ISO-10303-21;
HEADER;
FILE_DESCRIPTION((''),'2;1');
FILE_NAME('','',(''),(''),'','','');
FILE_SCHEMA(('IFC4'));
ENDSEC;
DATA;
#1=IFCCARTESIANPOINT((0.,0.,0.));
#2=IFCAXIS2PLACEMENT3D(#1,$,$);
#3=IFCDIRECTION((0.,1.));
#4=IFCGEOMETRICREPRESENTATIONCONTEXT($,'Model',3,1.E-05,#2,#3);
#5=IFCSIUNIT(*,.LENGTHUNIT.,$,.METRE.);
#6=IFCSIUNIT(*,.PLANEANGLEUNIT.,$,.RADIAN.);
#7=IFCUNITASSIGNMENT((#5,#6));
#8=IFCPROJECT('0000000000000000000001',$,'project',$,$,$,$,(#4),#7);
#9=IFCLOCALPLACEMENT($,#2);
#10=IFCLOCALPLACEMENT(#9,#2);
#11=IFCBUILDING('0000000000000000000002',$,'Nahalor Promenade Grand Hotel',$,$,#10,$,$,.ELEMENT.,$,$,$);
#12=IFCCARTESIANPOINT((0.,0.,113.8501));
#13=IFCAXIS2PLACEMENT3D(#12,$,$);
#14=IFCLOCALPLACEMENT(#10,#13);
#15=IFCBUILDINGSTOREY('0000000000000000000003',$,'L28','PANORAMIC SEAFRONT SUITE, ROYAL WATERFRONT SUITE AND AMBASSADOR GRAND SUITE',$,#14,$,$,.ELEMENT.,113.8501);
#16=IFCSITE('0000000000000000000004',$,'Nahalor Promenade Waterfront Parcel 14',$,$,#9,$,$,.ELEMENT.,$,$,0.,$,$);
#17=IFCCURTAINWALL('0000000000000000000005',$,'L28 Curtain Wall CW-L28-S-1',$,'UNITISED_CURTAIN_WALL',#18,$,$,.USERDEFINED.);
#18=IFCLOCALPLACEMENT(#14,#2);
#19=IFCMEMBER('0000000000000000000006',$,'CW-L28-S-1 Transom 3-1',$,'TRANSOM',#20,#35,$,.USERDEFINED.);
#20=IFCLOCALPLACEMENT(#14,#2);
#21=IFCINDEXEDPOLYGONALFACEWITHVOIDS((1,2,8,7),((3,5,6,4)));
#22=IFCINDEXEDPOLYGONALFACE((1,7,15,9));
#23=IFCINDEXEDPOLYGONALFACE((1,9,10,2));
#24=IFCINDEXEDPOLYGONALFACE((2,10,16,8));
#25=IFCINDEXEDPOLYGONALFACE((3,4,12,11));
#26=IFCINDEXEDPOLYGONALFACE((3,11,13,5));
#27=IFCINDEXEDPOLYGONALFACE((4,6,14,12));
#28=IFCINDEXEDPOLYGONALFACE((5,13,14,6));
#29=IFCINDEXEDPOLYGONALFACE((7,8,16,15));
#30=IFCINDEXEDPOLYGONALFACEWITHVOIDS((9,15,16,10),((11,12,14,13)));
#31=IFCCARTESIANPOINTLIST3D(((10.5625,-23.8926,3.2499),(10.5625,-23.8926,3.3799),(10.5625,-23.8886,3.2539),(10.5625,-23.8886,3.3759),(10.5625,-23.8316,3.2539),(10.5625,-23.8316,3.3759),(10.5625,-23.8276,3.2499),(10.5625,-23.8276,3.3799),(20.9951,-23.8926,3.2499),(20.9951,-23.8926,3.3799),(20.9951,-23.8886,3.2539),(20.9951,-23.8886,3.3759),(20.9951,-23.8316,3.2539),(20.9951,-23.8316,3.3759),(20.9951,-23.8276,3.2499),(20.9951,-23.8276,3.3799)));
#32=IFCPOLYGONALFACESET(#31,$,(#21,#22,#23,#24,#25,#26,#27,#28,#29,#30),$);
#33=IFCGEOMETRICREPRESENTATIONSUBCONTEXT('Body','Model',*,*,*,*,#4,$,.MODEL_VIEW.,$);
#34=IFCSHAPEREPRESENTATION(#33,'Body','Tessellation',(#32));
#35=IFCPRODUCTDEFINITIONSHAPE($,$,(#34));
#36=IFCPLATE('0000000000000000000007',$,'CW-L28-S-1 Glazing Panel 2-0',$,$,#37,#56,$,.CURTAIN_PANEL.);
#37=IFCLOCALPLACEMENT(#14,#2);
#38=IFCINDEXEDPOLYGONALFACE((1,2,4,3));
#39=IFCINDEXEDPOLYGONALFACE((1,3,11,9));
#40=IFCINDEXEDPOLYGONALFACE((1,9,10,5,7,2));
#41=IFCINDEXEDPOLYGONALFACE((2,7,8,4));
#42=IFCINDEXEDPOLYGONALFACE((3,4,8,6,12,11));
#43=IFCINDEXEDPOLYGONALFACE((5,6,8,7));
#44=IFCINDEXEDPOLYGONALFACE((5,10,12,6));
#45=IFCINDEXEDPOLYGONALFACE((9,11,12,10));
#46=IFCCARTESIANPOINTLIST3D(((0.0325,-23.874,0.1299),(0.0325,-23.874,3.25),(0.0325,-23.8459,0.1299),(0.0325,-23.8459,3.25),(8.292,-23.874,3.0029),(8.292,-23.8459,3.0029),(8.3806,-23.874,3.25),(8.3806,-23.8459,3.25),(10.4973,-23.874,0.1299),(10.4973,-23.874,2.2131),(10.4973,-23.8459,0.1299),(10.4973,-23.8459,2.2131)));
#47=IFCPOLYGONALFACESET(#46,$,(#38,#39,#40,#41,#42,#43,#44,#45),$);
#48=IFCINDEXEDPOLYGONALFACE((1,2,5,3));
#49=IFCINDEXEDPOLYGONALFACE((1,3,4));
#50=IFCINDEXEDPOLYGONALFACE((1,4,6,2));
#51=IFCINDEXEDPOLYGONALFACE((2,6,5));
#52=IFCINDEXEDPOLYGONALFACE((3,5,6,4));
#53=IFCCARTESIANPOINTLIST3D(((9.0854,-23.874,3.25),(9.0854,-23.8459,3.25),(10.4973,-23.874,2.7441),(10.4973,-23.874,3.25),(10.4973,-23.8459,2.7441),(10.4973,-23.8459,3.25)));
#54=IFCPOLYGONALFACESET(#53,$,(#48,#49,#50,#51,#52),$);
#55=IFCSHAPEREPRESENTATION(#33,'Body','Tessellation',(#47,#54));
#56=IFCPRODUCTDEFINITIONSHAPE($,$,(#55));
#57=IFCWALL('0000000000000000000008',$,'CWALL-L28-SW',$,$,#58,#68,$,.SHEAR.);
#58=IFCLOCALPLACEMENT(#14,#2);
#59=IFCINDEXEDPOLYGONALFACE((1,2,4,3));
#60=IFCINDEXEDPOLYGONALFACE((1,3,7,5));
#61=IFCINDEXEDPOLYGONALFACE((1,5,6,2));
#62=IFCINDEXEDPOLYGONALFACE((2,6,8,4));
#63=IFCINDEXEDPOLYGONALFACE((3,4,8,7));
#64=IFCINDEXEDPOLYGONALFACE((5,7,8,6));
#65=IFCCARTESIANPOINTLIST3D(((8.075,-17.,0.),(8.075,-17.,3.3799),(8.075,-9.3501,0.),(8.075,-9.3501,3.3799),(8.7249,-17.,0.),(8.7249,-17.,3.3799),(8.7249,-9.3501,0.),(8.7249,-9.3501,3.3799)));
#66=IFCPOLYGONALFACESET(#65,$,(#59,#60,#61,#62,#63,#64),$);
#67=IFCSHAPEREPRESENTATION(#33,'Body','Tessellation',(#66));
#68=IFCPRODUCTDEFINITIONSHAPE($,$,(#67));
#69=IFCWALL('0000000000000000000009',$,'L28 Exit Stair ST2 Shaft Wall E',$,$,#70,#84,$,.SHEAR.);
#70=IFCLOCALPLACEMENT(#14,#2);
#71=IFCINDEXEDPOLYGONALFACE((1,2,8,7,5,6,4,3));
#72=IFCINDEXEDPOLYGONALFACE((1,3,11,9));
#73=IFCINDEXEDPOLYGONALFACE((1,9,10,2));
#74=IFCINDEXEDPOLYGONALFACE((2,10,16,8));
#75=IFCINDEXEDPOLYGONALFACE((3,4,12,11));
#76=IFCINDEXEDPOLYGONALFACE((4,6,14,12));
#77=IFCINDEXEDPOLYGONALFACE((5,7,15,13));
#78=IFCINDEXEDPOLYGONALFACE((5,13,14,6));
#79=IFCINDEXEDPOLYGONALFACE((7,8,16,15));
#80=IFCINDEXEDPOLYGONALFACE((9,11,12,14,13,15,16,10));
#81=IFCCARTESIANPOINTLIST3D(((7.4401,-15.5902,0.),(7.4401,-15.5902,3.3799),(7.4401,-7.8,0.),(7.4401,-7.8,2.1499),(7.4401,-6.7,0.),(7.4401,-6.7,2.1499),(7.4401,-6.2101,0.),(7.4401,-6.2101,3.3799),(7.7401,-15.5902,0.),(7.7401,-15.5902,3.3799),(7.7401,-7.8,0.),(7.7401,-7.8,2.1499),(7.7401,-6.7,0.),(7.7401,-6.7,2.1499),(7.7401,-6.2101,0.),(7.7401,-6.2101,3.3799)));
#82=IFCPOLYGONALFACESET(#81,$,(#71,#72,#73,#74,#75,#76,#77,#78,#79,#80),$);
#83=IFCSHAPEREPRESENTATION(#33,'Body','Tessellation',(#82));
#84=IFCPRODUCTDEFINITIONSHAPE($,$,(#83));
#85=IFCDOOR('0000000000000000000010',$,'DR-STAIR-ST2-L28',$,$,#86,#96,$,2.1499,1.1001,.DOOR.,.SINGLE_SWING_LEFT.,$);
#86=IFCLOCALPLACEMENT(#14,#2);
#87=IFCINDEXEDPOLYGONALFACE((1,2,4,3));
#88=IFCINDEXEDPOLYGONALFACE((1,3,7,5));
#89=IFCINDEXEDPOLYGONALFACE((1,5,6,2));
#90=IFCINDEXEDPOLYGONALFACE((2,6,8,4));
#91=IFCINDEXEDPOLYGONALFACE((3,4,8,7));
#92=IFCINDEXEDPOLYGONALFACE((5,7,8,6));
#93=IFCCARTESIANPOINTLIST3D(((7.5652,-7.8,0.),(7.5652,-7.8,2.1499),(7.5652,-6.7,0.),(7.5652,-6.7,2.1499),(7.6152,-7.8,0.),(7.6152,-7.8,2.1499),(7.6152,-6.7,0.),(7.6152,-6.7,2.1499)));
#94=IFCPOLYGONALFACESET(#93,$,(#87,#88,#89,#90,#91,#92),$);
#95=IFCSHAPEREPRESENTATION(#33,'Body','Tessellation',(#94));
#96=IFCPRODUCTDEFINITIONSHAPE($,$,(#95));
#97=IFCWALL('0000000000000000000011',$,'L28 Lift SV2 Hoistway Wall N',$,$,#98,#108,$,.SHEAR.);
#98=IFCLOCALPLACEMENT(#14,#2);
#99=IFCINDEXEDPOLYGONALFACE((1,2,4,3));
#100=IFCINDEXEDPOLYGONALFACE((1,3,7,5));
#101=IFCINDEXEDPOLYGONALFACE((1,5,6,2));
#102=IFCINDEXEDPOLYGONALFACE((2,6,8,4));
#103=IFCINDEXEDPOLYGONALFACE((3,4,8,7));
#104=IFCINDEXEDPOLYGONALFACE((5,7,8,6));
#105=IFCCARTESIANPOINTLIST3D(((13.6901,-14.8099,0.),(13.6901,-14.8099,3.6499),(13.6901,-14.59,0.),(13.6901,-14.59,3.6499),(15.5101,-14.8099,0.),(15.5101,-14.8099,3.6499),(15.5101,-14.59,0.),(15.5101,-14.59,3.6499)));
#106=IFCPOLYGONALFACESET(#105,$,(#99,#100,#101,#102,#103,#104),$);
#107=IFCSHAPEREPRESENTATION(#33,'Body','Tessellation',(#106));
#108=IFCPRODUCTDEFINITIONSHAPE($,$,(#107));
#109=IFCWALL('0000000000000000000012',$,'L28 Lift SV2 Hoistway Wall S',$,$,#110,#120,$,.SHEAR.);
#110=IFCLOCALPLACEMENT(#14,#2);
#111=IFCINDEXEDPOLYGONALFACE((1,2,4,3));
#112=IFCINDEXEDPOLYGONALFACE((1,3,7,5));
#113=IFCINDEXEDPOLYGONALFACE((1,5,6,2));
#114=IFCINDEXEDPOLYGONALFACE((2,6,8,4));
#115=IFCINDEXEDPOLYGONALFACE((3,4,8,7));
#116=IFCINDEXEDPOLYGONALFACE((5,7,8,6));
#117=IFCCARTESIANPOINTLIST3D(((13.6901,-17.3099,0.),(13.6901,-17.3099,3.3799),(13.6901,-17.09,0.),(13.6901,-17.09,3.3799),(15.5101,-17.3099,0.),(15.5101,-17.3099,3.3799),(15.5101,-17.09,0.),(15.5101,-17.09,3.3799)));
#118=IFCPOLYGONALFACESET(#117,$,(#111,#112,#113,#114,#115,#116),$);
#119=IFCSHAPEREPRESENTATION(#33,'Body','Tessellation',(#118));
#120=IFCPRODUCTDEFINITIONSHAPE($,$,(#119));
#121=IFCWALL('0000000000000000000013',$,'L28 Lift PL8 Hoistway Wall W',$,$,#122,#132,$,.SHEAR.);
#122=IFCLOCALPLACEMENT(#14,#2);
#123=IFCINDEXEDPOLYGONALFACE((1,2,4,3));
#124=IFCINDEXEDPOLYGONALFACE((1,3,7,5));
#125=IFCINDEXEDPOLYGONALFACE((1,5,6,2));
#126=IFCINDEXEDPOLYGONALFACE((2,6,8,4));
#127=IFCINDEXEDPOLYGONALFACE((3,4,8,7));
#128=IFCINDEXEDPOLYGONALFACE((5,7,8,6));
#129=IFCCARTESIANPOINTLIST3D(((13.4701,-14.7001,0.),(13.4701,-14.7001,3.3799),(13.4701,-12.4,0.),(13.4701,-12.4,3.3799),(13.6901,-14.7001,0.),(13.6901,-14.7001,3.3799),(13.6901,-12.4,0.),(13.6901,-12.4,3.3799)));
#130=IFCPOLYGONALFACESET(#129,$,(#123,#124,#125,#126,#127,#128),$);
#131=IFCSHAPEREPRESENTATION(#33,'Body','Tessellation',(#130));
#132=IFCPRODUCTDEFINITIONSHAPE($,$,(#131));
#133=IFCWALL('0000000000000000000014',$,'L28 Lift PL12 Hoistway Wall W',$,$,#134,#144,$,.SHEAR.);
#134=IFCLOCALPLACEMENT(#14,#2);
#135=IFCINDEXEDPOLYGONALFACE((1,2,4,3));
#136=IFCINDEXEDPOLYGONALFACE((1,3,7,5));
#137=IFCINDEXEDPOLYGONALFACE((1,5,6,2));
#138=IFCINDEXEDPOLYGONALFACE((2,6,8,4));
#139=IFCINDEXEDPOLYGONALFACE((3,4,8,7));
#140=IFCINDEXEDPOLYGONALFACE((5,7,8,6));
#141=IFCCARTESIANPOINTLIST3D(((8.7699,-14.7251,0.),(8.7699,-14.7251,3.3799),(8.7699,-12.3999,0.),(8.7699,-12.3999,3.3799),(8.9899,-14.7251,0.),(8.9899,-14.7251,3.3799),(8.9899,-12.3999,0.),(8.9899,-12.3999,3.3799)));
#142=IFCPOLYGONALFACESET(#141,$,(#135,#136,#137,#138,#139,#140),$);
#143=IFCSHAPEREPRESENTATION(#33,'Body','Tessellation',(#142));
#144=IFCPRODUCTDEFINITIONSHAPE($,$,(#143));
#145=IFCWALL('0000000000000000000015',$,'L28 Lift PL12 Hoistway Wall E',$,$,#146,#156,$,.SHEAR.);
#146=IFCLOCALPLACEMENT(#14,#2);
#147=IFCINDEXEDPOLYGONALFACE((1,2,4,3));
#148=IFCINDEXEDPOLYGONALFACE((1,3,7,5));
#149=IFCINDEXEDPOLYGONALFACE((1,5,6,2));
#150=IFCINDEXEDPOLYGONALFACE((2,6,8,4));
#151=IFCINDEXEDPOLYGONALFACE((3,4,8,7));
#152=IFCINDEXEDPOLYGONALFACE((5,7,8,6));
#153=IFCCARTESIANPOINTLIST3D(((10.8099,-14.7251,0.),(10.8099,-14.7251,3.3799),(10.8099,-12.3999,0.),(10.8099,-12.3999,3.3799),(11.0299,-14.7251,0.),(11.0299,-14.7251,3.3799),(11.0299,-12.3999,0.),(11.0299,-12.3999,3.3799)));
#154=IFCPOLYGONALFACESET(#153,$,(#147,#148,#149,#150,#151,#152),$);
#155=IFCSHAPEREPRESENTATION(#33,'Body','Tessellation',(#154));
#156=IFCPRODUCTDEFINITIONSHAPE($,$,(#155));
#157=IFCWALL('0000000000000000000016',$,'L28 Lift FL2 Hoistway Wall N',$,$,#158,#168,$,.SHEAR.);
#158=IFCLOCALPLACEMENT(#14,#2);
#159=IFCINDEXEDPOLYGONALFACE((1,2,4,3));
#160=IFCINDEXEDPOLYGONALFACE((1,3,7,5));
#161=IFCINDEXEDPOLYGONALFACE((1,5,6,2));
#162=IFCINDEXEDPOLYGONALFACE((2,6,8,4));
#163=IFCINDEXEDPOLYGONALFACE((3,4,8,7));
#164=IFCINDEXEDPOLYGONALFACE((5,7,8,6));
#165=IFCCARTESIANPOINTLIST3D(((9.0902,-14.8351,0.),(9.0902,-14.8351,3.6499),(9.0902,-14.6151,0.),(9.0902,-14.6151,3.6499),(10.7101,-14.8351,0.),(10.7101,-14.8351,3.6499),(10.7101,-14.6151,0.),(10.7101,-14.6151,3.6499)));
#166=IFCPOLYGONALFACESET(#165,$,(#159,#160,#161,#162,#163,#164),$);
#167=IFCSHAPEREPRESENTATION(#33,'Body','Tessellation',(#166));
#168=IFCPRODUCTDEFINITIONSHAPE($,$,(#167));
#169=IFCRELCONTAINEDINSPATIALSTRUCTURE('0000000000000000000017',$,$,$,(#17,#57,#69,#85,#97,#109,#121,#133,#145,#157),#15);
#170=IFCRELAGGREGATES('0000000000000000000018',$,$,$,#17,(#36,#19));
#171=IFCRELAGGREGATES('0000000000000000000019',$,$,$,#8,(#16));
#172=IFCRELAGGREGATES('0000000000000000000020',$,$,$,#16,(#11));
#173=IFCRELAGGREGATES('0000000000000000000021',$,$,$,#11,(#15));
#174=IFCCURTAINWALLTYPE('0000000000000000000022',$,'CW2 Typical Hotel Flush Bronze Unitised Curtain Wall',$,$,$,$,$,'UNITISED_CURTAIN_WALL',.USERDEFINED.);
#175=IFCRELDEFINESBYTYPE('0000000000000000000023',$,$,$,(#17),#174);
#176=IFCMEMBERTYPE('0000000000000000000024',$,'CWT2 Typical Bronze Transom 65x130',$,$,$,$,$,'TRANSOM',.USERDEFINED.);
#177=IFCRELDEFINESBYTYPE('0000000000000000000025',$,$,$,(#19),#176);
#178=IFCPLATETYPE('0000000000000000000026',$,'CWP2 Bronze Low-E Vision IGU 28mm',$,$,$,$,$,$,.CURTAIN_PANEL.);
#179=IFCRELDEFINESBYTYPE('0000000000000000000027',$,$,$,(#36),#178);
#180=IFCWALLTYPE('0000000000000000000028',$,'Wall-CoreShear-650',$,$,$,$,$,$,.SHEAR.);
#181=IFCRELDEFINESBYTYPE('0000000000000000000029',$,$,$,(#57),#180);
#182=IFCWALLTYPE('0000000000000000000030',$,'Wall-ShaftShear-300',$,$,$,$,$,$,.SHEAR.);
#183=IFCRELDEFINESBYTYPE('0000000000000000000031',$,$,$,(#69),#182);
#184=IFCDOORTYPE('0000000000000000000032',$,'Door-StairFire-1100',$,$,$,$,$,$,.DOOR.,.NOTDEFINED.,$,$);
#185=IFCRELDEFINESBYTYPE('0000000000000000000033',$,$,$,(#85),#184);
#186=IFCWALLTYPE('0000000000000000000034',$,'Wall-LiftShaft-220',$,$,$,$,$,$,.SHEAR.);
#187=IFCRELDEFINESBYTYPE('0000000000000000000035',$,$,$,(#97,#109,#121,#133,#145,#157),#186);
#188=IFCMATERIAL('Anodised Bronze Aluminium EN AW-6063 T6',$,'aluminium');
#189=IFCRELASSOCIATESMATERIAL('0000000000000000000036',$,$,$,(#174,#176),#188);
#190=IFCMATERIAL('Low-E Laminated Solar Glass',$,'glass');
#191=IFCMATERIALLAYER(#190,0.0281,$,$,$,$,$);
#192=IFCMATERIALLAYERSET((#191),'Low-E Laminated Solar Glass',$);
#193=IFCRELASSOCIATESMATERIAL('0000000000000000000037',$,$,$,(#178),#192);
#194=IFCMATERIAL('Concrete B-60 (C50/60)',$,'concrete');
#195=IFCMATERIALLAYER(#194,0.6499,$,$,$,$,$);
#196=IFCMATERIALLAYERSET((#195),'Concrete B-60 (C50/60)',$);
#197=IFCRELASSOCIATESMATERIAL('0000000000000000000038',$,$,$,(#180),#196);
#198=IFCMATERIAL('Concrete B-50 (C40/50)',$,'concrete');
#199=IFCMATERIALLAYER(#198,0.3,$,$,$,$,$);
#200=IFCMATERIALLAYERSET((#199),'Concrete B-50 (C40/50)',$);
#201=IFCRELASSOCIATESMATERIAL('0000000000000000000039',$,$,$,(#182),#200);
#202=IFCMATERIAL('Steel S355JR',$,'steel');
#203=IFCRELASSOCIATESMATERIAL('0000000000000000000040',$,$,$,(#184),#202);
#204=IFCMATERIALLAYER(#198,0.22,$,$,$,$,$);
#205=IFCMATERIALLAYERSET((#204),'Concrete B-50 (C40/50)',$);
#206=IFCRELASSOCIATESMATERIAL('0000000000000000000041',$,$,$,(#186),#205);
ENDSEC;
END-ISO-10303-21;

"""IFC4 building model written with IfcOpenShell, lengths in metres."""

from ifc_helpers import new_model, si_unit, direction, frame, frame_2d, origin, origin_2d, place, context, subcontext, project, spatial, polyline, rectangle, hollow_rectangle, outline, extrude, source, transform, mapped, material, layer, layer_set, material_profile, profile_set, type_object, element, fill, aggregate, save


model = new_model("IFC4")

# Units and contexts
model_context = context("Model", 3, precision=1e-05, world=origin(), true_north=direction((0.0, 1.0)))
body_context = subcontext(model_context, "Body", "Model", "MODEL_VIEW")
ifc_project = project(units=[si_unit("LENGTHUNIT", "METRE"), si_unit("PLANEANGLEUNIT", "RADIAN")], contexts=[model_context])

# Site, building, storey
site_placement = place(None, origin())
site = spatial("IfcSite", under=ifc_project, at=site_placement, Name="Nahalor Promenade Waterfront Parcel 14", CompositionType="ELEMENT", RefElevation=0.0)
building_placement = place(site_placement, origin())
building = spatial("IfcBuilding", under=site, at=building_placement, Name="Nahalor Promenade Grand Hotel", CompositionType="ELEMENT")
storey_placement = place(building_placement, frame((0.0, 0.0, 113.8501)))
storey = spatial("IfcBuildingStorey", under=building, at=storey_placement, Name="L28", Description="PANORAMIC SEAFRONT SUITE, ROYAL WATERFRONT SUITE AND AMBASSADOR GRAND SUITE", CompositionType="ELEMENT", Elevation=113.8501)

# Shared definitions
ifc_material_1 = material(Name="Concrete B-60 (C50/60)", Category="concrete")

# Shared definitions
ifc_material_2 = material(Name="Steel S355JR", Category="steel")

# Curtain wall, member, plate
ifc_material_3 = material(Name="Anodised Bronze Aluminium EN AW-6063 T6", Category="aluminium")
curtain_wall_type = type_object("IfcCurtainWallType", Name="CW2 Typical Hotel Flush Bronze Unitised Curtain Wall", ElementType="UNITISED_CURTAIN_WALL", PredefinedType="USERDEFINED", material=ifc_material_3)
curtain_wall_placement = place(storey_placement, origin())
curtain_wall = element("IfcCurtainWall", 1, at=curtain_wall_placement, inside=storey, type_object=curtain_wall_type, Name="L28 Curtain Wall CW-L28-S-1", ObjectType="UNITISED_CURTAIN_WALL", PredefinedType="USERDEFINED")
ifc_material_profile_1 = material_profile(ifc_material_3, hollow_rectangle(XDim=0.065, YDim=0.13, WallThickness=0.004, at=origin_2d()), Name="CWT 65x130x4")
ifc_profile_set_1 = profile_set([ifc_material_profile_1], Name="Anodised Bronze Aluminium EN AW-6063 T6")
member_type_1 = type_object("IfcMemberType", Name="CWT2 Typical Bronze Transom 65x130", ElementType="TRANSOM", PredefinedType="USERDEFINED", material=ifc_profile_set_1)
shared_shape_1 = source(origin(), body_context, "Body", "SweptSolid", [
    extrude(hollow_rectangle(XDim=0.065, YDim=0.13, WallThickness=0.004, at=origin_2d()), origin(), (0.0, 0.0, 1.0), 10.4326),
])
member_1_placement = place(storey_placement, frame((10.5625, -23.8601, 3.3149), z_axis=(1.0, 0.0, 0.0), x_axis=(0.0, 1.0, 0.0)))
member_1 = element("IfcMember", 2, at=member_1_placement, type_object=member_type_1, Name="CW-L28-S-1 Transom 3-1", ObjectType="TRANSOM", PredefinedType="USERDEFINED", context=body_context, shape_type="MappedRepresentation", body=[
    mapped(shared_shape_1, transform((0.0, 0.0, 0.0), scale=1.0)),
])
ifc_material_4 = material(Name="Low-E Laminated Solar Glass", Category="glass")
ifc_layer_1 = layer(ifc_material_4, 0.0281)
ifc_layer_set_1 = layer_set([ifc_layer_1], Name="Low-E Laminated Solar Glass")
plate_type = type_object("IfcPlateType", Name="CWP2 Bronze Low-E Vision IGU 28mm", PredefinedType="CURTAIN_PANEL", material=ifc_layer_set_1)
plate_placement = place(storey_placement, frame((5.2649, -23.8601, 0.1299), z_axis=(0.0, 0.0, 1.0), x_axis=(1.0, 0.0, 0.0)))
plate = element("IfcPlate", 3, at=plate_placement, type_object=plate_type, Name="CW-L28-S-1 Glazing Panel 2-0", PredefinedType="CURTAIN_PANEL", context=body_context, shape_type="SweptSolid", body=[
    extrude(outline(polyline([(-5.2324, 0.0), (5.2324, 0.0), (5.2324, 2.0833), (3.0271, 2.873), (3.1157, 3.1201), (-5.2324, 3.1201), (-5.2324, 0.0)])), frame((0.0, 0.0142, 0.0), z_axis=(0.0, -1.0, 0.0), x_axis=(1.0, 0.0, 0.0)), (0.0, 0.0, 1.0), 0.0281),
    extrude(outline(polyline([(5.2324, 2.6143), (5.2324, 3.1201), (3.8206, 3.1201), (5.2324, 2.6143)])), frame((0.0, 0.0142, 0.0), z_axis=(0.0, -1.0, 0.0), x_axis=(1.0, 0.0, 0.0)), (0.0, 0.0, 1.0), 0.0281),
])
aggregate(curtain_wall, [plate, member_1])

# Wall
ifc_layer_2 = layer(ifc_material_1, 0.6499)
ifc_layer_set_2 = layer_set([ifc_layer_2], Name="Concrete B-60 (C50/60)")
wall_type_1 = type_object("IfcWallType", Name="Wall-CoreShear-650", PredefinedType="SHEAR", material=ifc_layer_set_2)
shared_shape_2 = source(origin(), body_context, "Body", "SweptSolid", [
    extrude(rectangle(XDim=7.6499, YDim=0.6499, at=frame_2d((3.825, 0.0))), origin(), (0.0, 0.0, 1.0), 3.3799),
])
wall_1_placement = place(storey_placement, frame((8.3999, -17.0, 0.0), z_axis=(0.0, 0.0, 1.0), x_axis=(0.0, 1.0, 0.0)))
element("IfcWall", 4, at=wall_1_placement, inside=storey, type_object=wall_type_1, Name="CWALL-L28-SW", PredefinedType="SHEAR", context=body_context, shape_type="MappedRepresentation", body=[
    mapped(shared_shape_2, transform((0.0, 0.0, 0.0), scale=1.0)),
])

# Wall, opening, door
ifc_material_5 = material(Name="Concrete B-50 (C40/50)", Category="concrete")
ifc_layer_3 = layer(ifc_material_5, 0.3)
ifc_layer_set_3 = layer_set([ifc_layer_3], Name="Concrete B-50 (C40/50)")
wall_type_2 = type_object("IfcWallType", Name="Wall-ShaftShear-300", PredefinedType="SHEAR", material=ifc_layer_set_3)
shared_shape_3 = source(origin(), body_context, "Body", "SweptSolid", [
    extrude(rectangle(XDim=9.3801, YDim=0.3, at=frame_2d((4.6899, 0.0))), origin(), (0.0, 0.0, 1.0), 3.3799),
])
wall_2_placement = place(storey_placement, frame((7.5901, -15.5901, 0.0), z_axis=(0.0, 0.0, 1.0), x_axis=(0.0, 1.0, 0.0)))
wall_2 = element("IfcWall", 5, at=wall_2_placement, inside=storey, type_object=wall_type_2, Name="L28 Exit Stair ST2 Shaft Wall E", PredefinedType="SHEAR", context=body_context, shape_type="MappedRepresentation", body=[
    mapped(shared_shape_3, transform((0.0, 0.0, 0.0), scale=1.0)),
])
opening_1_placement = place(wall_2_placement, frame((7.79, 0.0, 0.0)))
opening_1 = element("IfcOpeningElement", 6, at=opening_1_placement, cuts=wall_2, PredefinedType="OPENING", context=body_context, shape_type="SweptSolid", body=[
    extrude(rectangle(XDim=1.1001, YDim=2.1499, at=frame_2d((0.55, 1.075))), frame((0.0, 0.1599, 0.0), z_axis=(0.0, -1.0, 0.0), x_axis=(1.0, 0.0, 0.0)), (0.0, 0.0, 1.0), 0.3201),
])
door_type_1 = type_object("IfcDoorType", Name="Door-StairFire-1100", OperationType="NOTDEFINED", PredefinedType="DOOR", material=ifc_material_2)
shared_shape_4 = source(origin(), body_context, "Body", "SweptSolid", [
    extrude(rectangle(XDim=1.1001, YDim=2.1499, at=frame_2d((0.55, 1.075))), frame((0.0, 0.0249, 0.0), z_axis=(0.0, -1.0, 0.0), x_axis=(1.0, 0.0, 0.0)), (0.0, 0.0, 1.0), 0.05),
])
door_1_placement = place(opening_1_placement, origin())
door_1 = element("IfcDoor", 7, at=door_1_placement, inside=storey, type_object=door_type_1, Name="DR-STAIR-ST2-L28", OperationType="SINGLE_SWING_LEFT", OverallHeight=2.1499, OverallWidth=1.1001, PredefinedType="DOOR", context=body_context, shape_type="MappedRepresentation", body=[
    mapped(shared_shape_4, transform((0.0, 0.0, 0.0), scale=1.0)),
])
fill(opening_1, door_1)

# Walls
ifc_layer_4 = layer(ifc_material_5, 0.22)
ifc_layer_set_4 = layer_set([ifc_layer_4], Name="Concrete B-50 (C40/50)")
wall_type_3 = type_object("IfcWallType", Name="Wall-LiftShaft-220", PredefinedType="SHEAR", material=ifc_layer_set_4)
shared_shape_5 = source(origin(), body_context, "Body", "SweptSolid", [
    extrude(rectangle(XDim=1.8201, YDim=0.22, at=frame_2d((0.9102, 0.0))), origin(), (0.0, 0.0, 1.0), 3.6499),
])
wall_3_placement = place(storey_placement, frame((13.6899, -14.7, 0.0), z_axis=(0.0, 0.0, 1.0), x_axis=(1.0, 0.0, 0.0)))
element("IfcWall", 8, at=wall_3_placement, inside=storey, type_object=wall_type_3, Name="L28 Lift SV2 Hoistway Wall N", PredefinedType="SHEAR", context=body_context, shape_type="MappedRepresentation", body=[
    mapped(shared_shape_5, transform((0.0, 0.0, 0.0), scale=1.0)),
])
shared_shape_6 = source(origin(), body_context, "Body", "SweptSolid", [
    extrude(rectangle(XDim=1.8201, YDim=0.22, at=frame_2d((0.9102, 0.0))), origin(), (0.0, 0.0, 1.0), 3.3799),
])
wall_4_placement = place(storey_placement, frame((13.6899, -17.2, 0.0), z_axis=(0.0, 0.0, 1.0), x_axis=(1.0, 0.0, 0.0)))
element("IfcWall", 9, at=wall_4_placement, inside=storey, type_object=wall_type_3, Name="L28 Lift SV2 Hoistway Wall S", PredefinedType="SHEAR", context=body_context, shape_type="MappedRepresentation", body=[
    mapped(shared_shape_6, transform((0.0, 0.0, 0.0), scale=1.0)),
])
shared_shape_7 = source(origin(), body_context, "Body", "SweptSolid", [
    extrude(rectangle(XDim=2.3, YDim=0.22, at=frame_2d((1.1499, 0.0))), origin(), (0.0, 0.0, 1.0), 3.3799),
])
wall_5_placement = place(storey_placement, frame((13.5801, -14.7, 0.0), z_axis=(0.0, 0.0, 1.0), x_axis=(0.0, 1.0, 0.0)))
element("IfcWall", 10, at=wall_5_placement, inside=storey, type_object=wall_type_3, Name="L28 Lift PL8 Hoistway Wall W", PredefinedType="SHEAR", context=body_context, shape_type="MappedRepresentation", body=[
    mapped(shared_shape_7, transform((0.0, 0.0, 0.0), scale=1.0)),
])
shared_shape_8 = source(origin(), body_context, "Body", "SweptSolid", [
    extrude(rectangle(XDim=2.3252, YDim=0.22, at=frame_2d((1.1626, 0.0))), origin(), (0.0, 0.0, 1.0), 3.3799),
])
for number, where, z_axis, x_axis, name in (
    (11, (8.8799, -14.7251, 0.0), (0.0, 0.0, 1.0), (0.0, 1.0, 0.0), "L28 Lift PL12 Hoistway Wall W"),
    (12, (10.9199, -14.7251, 0.0), (0.0, 0.0, 1.0), (0.0, 1.0, 0.0), "L28 Lift PL12 Hoistway Wall E"),
):
    element("IfcWall", number, at=place(storey_placement, frame(where, z_axis=z_axis, x_axis=x_axis)), inside=storey, type_object=wall_type_3, Name=name, PredefinedType="SHEAR", context=body_context, shape_type="MappedRepresentation", body=[
        mapped(shared_shape_8, transform((0.0, 0.0, 0.0), scale=1.0)),
    ])
shared_shape_9 = source(origin(), body_context, "Body", "SweptSolid", [
    extrude(rectangle(XDim=1.6199, YDim=0.22, at=frame_2d((0.8101, 0.0))), origin(), (0.0, 0.0, 1.0), 3.6499),
])
wall_6_placement = place(storey_placement, frame((9.0901, -14.7251, 0.0), z_axis=(0.0, 0.0, 1.0), x_axis=(1.0, 0.0, 0.0)))
element("IfcWall", 13, at=wall_6_placement, inside=storey, type_object=wall_type_3, Name="L28 Lift FL2 Hoistway Wall N", PredefinedType="SHEAR", context=body_context, shape_type="MappedRepresentation", body=[
    mapped(shared_shape_9, transform((0.0, 0.0, 0.0), scale=1.0)),
])

save(model, "model.ifc")
